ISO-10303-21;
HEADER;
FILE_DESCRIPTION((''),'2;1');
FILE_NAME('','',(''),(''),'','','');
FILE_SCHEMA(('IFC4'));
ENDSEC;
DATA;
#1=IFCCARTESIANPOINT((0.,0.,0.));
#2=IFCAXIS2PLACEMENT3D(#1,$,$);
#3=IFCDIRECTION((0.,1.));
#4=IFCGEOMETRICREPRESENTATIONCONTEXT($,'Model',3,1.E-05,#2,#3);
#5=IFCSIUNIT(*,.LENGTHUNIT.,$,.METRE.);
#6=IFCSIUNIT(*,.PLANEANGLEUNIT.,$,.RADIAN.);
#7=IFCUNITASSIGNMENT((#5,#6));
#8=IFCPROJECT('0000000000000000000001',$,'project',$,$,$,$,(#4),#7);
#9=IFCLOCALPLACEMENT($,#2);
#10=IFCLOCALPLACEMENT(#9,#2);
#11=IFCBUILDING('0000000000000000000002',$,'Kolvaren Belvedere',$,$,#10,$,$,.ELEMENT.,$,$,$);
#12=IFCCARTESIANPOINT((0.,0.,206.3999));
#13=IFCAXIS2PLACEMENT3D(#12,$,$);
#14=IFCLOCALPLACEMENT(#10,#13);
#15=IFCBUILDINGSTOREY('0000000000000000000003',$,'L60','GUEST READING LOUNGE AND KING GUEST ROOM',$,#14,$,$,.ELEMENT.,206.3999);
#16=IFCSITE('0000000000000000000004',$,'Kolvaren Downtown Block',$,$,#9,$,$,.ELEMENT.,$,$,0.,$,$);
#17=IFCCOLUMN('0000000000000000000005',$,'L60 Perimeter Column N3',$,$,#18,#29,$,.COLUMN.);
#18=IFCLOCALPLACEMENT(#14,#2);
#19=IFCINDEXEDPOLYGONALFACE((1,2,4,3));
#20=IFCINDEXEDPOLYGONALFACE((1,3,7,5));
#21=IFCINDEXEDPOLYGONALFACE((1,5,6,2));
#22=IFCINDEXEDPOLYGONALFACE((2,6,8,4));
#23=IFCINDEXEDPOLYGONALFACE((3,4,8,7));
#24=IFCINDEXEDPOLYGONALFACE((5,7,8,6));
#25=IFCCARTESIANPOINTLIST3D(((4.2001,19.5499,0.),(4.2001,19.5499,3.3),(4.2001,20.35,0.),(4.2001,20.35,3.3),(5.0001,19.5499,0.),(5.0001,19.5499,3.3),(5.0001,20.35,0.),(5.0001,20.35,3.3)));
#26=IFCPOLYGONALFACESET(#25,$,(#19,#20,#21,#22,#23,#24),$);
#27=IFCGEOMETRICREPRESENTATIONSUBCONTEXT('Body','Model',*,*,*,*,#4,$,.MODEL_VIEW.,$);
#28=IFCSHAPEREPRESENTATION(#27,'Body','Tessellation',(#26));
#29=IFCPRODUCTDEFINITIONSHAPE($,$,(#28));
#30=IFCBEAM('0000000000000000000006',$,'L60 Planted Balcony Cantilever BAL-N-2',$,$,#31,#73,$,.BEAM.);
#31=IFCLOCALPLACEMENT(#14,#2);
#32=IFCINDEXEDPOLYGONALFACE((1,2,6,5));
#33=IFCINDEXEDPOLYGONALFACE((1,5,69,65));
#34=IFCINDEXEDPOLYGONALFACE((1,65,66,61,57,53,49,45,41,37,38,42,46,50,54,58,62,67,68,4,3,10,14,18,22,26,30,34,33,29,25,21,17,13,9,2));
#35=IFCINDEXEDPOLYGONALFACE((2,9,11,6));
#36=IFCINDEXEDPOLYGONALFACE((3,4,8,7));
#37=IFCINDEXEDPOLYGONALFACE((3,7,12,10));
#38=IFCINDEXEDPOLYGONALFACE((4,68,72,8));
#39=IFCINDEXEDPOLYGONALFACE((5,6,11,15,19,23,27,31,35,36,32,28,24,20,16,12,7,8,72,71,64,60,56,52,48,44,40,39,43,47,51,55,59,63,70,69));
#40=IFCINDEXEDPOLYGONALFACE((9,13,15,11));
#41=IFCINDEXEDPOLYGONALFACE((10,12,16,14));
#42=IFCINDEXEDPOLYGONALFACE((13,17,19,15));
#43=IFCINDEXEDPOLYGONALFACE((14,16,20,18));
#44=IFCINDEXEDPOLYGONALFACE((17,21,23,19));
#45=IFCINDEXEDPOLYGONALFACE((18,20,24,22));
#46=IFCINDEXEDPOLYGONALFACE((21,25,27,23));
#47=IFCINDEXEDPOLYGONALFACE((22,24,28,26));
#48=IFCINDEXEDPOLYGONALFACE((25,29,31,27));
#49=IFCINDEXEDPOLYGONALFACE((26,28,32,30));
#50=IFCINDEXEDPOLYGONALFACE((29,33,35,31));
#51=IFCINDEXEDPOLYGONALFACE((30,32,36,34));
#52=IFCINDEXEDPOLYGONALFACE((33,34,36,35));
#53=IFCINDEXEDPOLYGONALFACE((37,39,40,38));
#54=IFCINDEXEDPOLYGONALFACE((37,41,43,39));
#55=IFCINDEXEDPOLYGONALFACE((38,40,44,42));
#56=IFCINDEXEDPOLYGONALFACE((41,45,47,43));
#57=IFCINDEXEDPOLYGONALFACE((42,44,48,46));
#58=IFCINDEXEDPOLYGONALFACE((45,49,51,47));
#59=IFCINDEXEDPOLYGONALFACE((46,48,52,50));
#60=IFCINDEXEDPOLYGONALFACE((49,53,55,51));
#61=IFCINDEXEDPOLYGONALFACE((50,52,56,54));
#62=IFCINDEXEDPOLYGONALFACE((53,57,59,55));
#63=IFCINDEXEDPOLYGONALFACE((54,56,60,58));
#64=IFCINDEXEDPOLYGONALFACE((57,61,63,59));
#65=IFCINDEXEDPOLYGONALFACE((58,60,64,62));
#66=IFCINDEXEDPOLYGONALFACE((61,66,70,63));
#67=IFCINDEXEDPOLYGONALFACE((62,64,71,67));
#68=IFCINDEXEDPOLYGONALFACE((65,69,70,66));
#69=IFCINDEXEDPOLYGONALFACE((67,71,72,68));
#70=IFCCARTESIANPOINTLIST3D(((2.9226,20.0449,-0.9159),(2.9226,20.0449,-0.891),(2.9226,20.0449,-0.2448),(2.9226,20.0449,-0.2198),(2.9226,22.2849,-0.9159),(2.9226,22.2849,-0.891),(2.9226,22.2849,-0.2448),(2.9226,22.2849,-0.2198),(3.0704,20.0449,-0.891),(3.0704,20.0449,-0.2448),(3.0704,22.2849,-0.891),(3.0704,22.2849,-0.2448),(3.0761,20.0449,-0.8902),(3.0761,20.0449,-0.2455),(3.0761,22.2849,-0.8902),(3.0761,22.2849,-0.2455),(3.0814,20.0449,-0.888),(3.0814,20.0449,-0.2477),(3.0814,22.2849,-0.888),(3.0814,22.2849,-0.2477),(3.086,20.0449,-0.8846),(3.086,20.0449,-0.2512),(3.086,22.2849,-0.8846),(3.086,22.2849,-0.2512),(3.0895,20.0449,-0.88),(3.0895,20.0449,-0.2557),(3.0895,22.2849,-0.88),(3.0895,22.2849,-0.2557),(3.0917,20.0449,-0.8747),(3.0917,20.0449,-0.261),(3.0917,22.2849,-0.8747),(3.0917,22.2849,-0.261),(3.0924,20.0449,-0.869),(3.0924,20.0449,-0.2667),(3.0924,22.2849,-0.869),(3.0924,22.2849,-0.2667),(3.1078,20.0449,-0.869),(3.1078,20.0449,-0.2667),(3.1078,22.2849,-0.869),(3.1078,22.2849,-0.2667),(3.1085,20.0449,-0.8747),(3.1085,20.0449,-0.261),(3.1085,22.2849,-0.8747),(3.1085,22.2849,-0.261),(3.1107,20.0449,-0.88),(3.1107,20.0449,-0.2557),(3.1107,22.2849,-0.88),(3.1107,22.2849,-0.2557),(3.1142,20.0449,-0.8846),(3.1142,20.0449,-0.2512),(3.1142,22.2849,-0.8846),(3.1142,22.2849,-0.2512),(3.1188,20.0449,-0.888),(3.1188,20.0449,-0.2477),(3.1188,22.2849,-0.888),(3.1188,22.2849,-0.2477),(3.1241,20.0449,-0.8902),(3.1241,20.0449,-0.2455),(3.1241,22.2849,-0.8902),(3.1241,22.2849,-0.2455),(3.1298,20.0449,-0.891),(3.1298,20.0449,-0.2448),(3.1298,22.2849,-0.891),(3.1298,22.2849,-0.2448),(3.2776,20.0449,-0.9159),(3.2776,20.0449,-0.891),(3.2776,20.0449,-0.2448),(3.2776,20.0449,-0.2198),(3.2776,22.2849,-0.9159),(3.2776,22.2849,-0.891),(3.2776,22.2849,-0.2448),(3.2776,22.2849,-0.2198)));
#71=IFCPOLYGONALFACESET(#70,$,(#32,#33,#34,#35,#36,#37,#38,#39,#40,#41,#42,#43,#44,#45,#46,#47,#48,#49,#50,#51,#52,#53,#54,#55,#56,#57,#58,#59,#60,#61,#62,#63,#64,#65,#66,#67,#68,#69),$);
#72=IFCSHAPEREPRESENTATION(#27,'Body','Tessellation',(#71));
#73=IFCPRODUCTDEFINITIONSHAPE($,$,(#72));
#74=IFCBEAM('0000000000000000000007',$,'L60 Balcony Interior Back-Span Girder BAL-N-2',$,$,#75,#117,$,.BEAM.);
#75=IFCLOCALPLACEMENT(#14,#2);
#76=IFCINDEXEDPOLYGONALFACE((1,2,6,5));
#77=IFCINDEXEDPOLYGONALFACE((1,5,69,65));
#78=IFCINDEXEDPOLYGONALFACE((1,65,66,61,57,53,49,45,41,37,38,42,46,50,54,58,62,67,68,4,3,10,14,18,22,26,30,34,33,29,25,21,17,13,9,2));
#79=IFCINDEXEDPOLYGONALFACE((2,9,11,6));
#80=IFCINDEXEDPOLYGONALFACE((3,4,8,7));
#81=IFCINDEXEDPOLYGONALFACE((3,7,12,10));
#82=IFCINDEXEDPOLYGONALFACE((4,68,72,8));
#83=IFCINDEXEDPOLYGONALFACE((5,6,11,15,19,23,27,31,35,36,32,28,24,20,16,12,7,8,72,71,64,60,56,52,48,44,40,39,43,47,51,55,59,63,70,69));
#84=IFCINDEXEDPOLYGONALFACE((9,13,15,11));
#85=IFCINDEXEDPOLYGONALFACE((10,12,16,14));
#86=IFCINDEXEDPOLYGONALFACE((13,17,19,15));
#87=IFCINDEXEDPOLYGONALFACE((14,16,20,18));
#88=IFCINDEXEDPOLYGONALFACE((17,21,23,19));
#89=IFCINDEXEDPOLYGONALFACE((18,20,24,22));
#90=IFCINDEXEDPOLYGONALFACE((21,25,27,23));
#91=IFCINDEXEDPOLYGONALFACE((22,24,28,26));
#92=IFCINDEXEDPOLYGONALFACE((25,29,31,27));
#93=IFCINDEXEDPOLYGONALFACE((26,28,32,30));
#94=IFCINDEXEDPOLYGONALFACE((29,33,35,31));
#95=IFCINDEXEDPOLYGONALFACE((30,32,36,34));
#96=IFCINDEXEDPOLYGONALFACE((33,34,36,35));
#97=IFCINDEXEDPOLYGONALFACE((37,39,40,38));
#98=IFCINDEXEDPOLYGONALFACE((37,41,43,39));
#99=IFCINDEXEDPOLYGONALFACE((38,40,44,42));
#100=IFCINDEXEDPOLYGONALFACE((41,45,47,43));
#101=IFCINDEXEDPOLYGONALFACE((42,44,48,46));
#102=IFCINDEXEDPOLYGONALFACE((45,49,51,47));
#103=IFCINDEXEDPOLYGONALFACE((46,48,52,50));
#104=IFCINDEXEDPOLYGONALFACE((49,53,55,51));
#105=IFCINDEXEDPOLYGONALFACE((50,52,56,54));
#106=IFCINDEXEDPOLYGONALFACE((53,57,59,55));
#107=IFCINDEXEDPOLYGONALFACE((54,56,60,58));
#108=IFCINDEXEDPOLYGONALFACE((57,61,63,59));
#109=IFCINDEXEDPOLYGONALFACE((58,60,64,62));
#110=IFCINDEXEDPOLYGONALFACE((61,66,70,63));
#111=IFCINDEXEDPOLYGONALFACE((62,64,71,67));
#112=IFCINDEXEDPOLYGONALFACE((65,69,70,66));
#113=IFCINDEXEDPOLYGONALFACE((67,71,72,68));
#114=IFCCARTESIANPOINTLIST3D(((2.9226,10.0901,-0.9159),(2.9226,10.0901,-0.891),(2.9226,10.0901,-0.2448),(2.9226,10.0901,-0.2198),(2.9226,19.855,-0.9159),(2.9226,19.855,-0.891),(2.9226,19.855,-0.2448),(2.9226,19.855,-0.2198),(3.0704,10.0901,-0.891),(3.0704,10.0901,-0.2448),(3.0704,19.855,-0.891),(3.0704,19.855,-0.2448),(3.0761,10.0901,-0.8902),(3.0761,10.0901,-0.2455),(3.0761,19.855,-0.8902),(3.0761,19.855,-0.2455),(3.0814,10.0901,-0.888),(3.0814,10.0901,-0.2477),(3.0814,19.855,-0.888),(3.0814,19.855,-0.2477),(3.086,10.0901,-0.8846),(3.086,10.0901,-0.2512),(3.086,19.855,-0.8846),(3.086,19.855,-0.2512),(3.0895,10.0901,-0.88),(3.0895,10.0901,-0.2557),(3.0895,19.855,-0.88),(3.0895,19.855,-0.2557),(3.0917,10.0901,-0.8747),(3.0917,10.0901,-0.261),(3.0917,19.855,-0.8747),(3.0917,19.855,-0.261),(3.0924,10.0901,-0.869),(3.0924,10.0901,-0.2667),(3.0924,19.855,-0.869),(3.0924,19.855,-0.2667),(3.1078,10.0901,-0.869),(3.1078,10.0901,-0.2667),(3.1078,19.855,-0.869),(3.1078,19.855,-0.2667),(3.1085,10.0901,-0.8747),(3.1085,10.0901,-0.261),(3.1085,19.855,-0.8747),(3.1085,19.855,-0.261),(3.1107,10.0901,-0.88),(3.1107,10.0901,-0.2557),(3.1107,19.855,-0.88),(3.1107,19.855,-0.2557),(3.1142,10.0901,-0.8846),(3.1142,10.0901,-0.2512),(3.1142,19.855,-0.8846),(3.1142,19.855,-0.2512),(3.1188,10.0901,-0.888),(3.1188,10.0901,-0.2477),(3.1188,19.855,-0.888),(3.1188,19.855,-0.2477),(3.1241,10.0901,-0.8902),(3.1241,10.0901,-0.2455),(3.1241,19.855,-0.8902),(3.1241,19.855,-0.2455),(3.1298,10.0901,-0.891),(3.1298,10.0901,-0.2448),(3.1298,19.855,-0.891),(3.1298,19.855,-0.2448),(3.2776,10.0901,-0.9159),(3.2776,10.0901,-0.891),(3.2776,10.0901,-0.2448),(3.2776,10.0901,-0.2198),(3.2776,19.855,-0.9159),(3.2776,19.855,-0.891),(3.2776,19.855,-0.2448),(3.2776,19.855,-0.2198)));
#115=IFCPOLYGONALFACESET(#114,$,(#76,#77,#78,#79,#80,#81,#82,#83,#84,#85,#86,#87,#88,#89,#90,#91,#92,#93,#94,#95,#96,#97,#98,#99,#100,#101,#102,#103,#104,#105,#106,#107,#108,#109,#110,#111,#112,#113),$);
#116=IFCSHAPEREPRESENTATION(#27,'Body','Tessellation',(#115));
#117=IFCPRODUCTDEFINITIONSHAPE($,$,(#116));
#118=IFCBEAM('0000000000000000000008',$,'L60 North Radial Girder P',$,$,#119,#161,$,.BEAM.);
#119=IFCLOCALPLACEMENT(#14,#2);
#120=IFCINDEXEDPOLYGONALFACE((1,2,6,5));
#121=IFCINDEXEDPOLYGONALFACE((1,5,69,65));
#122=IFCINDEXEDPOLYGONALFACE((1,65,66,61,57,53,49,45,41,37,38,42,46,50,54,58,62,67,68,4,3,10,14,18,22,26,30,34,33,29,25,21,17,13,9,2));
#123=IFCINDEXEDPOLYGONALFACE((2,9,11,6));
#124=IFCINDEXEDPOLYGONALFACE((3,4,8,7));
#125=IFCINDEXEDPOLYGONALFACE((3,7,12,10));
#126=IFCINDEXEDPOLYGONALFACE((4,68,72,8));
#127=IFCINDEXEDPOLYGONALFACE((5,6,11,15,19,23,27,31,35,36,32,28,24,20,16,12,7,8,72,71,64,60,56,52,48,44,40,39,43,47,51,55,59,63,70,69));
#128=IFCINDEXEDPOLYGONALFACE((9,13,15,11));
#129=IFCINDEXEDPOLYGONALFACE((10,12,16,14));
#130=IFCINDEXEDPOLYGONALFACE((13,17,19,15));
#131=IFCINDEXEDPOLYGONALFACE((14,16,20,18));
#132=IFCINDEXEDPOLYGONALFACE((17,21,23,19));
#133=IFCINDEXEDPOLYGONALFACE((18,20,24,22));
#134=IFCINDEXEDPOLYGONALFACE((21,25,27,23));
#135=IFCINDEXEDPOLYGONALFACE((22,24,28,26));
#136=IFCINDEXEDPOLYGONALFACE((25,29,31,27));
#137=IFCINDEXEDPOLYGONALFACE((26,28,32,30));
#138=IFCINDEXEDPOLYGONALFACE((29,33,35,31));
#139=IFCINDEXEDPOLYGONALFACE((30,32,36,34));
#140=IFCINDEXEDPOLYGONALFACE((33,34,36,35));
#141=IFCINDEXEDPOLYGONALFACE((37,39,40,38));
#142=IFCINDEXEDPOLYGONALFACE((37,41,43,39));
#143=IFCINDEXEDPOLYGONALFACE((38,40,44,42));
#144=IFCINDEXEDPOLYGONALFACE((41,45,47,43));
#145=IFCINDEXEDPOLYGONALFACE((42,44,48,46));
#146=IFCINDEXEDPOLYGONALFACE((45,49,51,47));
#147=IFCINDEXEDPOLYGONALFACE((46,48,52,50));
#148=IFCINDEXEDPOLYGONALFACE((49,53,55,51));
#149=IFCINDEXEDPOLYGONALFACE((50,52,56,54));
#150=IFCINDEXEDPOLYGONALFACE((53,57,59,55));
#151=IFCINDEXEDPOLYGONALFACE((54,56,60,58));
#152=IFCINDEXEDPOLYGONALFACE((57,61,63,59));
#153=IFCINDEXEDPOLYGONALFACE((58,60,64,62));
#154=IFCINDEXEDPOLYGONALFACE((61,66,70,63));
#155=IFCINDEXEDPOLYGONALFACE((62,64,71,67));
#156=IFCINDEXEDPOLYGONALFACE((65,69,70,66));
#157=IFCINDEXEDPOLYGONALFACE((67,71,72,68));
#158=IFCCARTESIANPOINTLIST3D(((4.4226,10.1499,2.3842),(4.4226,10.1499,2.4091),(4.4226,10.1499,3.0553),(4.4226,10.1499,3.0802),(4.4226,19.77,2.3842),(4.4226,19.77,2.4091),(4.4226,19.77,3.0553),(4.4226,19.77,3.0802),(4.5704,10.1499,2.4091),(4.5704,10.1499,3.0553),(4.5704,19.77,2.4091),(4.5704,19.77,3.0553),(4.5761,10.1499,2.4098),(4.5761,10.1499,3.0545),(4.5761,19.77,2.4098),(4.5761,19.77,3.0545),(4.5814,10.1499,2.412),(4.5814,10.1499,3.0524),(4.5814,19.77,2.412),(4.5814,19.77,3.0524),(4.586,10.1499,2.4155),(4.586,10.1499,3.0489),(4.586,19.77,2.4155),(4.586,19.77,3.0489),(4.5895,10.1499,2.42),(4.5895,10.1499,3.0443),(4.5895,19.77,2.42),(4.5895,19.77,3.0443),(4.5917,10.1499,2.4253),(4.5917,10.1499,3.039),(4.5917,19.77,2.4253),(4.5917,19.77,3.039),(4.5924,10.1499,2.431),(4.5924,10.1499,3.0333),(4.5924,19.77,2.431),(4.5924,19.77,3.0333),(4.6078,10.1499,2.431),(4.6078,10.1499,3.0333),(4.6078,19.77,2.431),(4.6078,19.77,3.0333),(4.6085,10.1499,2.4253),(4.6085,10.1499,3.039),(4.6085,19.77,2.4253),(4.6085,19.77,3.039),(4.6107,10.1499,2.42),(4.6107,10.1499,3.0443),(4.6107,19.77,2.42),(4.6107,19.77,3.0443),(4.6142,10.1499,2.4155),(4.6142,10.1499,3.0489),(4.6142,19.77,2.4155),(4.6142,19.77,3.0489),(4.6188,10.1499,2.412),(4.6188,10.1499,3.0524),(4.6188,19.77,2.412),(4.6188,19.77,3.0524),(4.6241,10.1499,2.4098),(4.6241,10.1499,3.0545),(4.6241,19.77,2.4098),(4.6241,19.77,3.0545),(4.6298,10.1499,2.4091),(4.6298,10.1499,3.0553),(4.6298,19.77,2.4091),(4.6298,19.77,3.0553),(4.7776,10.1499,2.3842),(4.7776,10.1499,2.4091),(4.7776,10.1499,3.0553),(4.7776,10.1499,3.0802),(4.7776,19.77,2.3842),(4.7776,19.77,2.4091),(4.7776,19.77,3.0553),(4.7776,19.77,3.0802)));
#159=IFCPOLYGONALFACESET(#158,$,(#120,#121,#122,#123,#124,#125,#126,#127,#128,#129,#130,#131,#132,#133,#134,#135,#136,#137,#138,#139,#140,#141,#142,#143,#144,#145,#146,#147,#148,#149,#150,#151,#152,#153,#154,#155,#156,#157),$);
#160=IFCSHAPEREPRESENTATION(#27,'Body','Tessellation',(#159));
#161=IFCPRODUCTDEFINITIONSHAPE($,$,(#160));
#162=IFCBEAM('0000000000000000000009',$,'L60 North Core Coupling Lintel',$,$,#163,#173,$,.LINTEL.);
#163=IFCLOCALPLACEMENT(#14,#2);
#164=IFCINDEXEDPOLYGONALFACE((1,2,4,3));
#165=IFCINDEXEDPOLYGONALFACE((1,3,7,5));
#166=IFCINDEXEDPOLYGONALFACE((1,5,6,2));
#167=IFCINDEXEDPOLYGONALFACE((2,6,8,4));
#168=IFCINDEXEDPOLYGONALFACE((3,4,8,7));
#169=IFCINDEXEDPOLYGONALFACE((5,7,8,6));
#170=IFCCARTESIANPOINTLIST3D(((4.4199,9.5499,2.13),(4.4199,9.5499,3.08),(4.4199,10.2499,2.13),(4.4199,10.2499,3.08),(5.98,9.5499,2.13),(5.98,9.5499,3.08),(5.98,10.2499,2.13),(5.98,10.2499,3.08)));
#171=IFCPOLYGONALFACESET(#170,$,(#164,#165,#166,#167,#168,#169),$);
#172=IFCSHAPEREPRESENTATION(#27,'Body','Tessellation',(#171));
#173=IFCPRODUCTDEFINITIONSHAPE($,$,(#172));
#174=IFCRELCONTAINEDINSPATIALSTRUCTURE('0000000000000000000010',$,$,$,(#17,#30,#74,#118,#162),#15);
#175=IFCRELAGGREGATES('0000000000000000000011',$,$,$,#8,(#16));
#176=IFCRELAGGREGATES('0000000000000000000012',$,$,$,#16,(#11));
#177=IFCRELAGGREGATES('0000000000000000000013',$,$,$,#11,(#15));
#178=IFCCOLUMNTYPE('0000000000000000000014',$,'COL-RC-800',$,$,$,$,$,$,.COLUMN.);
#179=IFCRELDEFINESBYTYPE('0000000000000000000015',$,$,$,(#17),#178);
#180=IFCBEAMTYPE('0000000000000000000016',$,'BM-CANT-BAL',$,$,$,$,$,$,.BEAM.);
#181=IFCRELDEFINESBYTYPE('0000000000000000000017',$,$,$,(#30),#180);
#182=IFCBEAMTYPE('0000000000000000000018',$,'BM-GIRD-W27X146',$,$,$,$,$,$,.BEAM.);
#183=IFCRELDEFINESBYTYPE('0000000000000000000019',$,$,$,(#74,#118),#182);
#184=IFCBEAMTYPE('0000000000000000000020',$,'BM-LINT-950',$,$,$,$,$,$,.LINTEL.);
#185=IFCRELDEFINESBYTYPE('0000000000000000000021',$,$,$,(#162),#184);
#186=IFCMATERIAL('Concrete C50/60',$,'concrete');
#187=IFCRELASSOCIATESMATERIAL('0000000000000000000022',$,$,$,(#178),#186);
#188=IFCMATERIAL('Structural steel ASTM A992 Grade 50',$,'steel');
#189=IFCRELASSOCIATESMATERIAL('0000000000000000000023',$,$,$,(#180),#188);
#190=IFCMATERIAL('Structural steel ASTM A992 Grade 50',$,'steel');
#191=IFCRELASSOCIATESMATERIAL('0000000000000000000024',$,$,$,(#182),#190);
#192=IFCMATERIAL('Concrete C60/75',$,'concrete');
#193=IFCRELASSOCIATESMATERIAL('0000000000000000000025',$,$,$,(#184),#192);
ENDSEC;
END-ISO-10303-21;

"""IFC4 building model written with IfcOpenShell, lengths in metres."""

from ifc_helpers import new_model, si_unit, direction, frame, origin, origin_2d, place, context, subcontext, project, spatial, rectangle, i_section, extrude, material, material_profile, profile_set, type_object, element, save


model = new_model("IFC4")

# Units and contexts
model_context = context("Model", 3, precision=1e-05, world=origin(), true_north=direction((0.0, 1.0)))
body_context = subcontext(model_context, "Body", "Model", "MODEL_VIEW")
ifc_project = project(units=[si_unit("LENGTHUNIT", "METRE"), si_unit("PLANEANGLEUNIT", "RADIAN")], contexts=[model_context])

# Site, building, storey
site_placement = place(None, origin())
site = spatial("IfcSite", under=ifc_project, at=site_placement, Name="Kolvaren Downtown Block", CompositionType="ELEMENT", RefElevation=0.0)
building_placement = place(site_placement, origin())
building = spatial("IfcBuilding", under=site, at=building_placement, Name="Kolvaren Belvedere", CompositionType="ELEMENT")
storey_placement = place(building_placement, frame((0.0, 0.0, 206.3999)))
storey = spatial("IfcBuildingStorey", under=building, at=storey_placement, Name="L60", Description="GUEST READING LOUNGE AND KING GUEST ROOM", CompositionType="ELEMENT", Elevation=206.3999)

# Column
ifc_material_1 = material(Name="Concrete C50/60", Category="concrete")
ifc_material_profile_1 = material_profile(ifc_material_1, rectangle(XDim=0.8, YDim=0.8, at=origin_2d()), Name="RC 800X800")
ifc_profile_set_1 = profile_set([ifc_material_profile_1], Name="Concrete C50/60")
column_type = type_object("IfcColumnType", Name="COL-RC-800", PredefinedType="COLUMN", material=ifc_profile_set_1)
column_placement = place(storey_placement, frame((4.6001, 19.95, 0.0), z_axis=(0.0, 0.0, 1.0), x_axis=(1.0, 0.0, 0.0)))
element("IfcColumn", 1, at=column_placement, inside=storey, type_object=column_type, Name="L60 Perimeter Column N3", PredefinedType="COLUMN", context=body_context, shape_type="SweptSolid", body=[
    extrude(rectangle(XDim=0.8, YDim=0.8, at=origin_2d()), origin(), (0.0, 0.0, 1.0), 3.3),
])

# Beams
ifc_material_2 = material(Name="Structural steel ASTM A992 Grade 50", Category="steel")
ifc_material_profile_2 = material_profile(ifc_material_2, i_section(OverallWidth=0.355, OverallDepth=0.696, WebThickness=0.0154, FlangeThickness=0.0249, FilletRadius=0.022, at=origin_2d()), Name="W27X146")
ifc_profile_set_2 = profile_set([ifc_material_profile_2], Name="Structural steel ASTM A992 Grade 50")
beam_type_1 = type_object("IfcBeamType", Name="BM-CANT-BAL", PredefinedType="BEAM", material=ifc_profile_set_2)
beam_1_placement = place(storey_placement, frame((3.1001, 20.0449, -0.5679), z_axis=(0.0, 1.0, 0.0), x_axis=(-1.0, 0.0, 0.0)))
element("IfcBeam", 2, at=beam_1_placement, inside=storey, type_object=beam_type_1, Name="L60 Planted Balcony Cantilever BAL-N-2", PredefinedType="BEAM", context=body_context, shape_type="SweptSolid", body=[
    extrude(i_section(OverallWidth=0.355, OverallDepth=0.696, WebThickness=0.0154, FlangeThickness=0.0249, FilletRadius=0.022, at=origin_2d()), origin(), (0.0, 0.0, 1.0), 2.24),
])
ifc_material_3 = material(Name="Structural steel ASTM A992 Grade 50", Category="steel")
ifc_material_profile_3 = material_profile(ifc_material_3, i_section(OverallWidth=0.355, OverallDepth=0.696, WebThickness=0.0154, FlangeThickness=0.0249, FilletRadius=0.022, at=origin_2d()), Name="W27X146")
ifc_profile_set_3 = profile_set([ifc_material_profile_3], Name="Structural steel ASTM A992 Grade 50")
beam_type_2 = type_object("IfcBeamType", Name="BM-GIRD-W27X146", PredefinedType="BEAM", material=ifc_profile_set_3)
beam_2_placement = place(storey_placement, frame((3.1001, 10.0901, -0.5679), z_axis=(0.0, 1.0, 0.0), x_axis=(-1.0, 0.0, 0.0)))
element("IfcBeam", 3, at=beam_2_placement, inside=storey, type_object=beam_type_2, Name="L60 Balcony Interior Back-Span Girder BAL-N-2", PredefinedType="BEAM", context=body_context, shape_type="SweptSolid", body=[
    extrude(i_section(OverallWidth=0.355, OverallDepth=0.696, WebThickness=0.0154, FlangeThickness=0.0249, FilletRadius=0.022, at=origin_2d()), origin(), (0.0, 0.0, 1.0), 9.7649),
])
beam_3_placement = place(storey_placement, frame((4.6001, 10.1499, 2.7322), z_axis=(0.0, 1.0, 0.0), x_axis=(-1.0, 0.0, 0.0)))
element("IfcBeam", 4, at=beam_3_placement, inside=storey, type_object=beam_type_2, Name="L60 North Radial Girder P", PredefinedType="BEAM", context=body_context, shape_type="SweptSolid", body=[
    extrude(i_section(OverallWidth=0.355, OverallDepth=0.696, WebThickness=0.0154, FlangeThickness=0.0249, FilletRadius=0.022, at=origin_2d()), origin(), (0.0, 0.0, 1.0), 9.6201),
])
ifc_material_4 = material(Name="Concrete C60/75", Category="concrete")
ifc_material_profile_4 = material_profile(ifc_material_4, rectangle(XDim=0.7, YDim=0.95, at=origin_2d()), Name="RC 700X950")
ifc_profile_set_4 = profile_set([ifc_material_profile_4], Name="Concrete C60/75")
beam_type_3 = type_object("IfcBeamType", Name="BM-LINT-950", PredefinedType="LINTEL", material=ifc_profile_set_4)
beam_4_placement = place(storey_placement, frame((4.4199, 9.8999, 2.605), z_axis=(1.0, 0.0, 0.0), x_axis=(0.0, 1.0, 0.0)))
element("IfcBeam", 5, at=beam_4_placement, inside=storey, type_object=beam_type_3, Name="L60 North Core Coupling Lintel", PredefinedType="LINTEL", context=body_context, shape_type="SweptSolid", body=[
    extrude(rectangle(XDim=0.7, YDim=0.95, at=origin_2d()), origin(), (0.0, 0.0, 1.0), 1.5601),
])

save(model, "model.ifc")
